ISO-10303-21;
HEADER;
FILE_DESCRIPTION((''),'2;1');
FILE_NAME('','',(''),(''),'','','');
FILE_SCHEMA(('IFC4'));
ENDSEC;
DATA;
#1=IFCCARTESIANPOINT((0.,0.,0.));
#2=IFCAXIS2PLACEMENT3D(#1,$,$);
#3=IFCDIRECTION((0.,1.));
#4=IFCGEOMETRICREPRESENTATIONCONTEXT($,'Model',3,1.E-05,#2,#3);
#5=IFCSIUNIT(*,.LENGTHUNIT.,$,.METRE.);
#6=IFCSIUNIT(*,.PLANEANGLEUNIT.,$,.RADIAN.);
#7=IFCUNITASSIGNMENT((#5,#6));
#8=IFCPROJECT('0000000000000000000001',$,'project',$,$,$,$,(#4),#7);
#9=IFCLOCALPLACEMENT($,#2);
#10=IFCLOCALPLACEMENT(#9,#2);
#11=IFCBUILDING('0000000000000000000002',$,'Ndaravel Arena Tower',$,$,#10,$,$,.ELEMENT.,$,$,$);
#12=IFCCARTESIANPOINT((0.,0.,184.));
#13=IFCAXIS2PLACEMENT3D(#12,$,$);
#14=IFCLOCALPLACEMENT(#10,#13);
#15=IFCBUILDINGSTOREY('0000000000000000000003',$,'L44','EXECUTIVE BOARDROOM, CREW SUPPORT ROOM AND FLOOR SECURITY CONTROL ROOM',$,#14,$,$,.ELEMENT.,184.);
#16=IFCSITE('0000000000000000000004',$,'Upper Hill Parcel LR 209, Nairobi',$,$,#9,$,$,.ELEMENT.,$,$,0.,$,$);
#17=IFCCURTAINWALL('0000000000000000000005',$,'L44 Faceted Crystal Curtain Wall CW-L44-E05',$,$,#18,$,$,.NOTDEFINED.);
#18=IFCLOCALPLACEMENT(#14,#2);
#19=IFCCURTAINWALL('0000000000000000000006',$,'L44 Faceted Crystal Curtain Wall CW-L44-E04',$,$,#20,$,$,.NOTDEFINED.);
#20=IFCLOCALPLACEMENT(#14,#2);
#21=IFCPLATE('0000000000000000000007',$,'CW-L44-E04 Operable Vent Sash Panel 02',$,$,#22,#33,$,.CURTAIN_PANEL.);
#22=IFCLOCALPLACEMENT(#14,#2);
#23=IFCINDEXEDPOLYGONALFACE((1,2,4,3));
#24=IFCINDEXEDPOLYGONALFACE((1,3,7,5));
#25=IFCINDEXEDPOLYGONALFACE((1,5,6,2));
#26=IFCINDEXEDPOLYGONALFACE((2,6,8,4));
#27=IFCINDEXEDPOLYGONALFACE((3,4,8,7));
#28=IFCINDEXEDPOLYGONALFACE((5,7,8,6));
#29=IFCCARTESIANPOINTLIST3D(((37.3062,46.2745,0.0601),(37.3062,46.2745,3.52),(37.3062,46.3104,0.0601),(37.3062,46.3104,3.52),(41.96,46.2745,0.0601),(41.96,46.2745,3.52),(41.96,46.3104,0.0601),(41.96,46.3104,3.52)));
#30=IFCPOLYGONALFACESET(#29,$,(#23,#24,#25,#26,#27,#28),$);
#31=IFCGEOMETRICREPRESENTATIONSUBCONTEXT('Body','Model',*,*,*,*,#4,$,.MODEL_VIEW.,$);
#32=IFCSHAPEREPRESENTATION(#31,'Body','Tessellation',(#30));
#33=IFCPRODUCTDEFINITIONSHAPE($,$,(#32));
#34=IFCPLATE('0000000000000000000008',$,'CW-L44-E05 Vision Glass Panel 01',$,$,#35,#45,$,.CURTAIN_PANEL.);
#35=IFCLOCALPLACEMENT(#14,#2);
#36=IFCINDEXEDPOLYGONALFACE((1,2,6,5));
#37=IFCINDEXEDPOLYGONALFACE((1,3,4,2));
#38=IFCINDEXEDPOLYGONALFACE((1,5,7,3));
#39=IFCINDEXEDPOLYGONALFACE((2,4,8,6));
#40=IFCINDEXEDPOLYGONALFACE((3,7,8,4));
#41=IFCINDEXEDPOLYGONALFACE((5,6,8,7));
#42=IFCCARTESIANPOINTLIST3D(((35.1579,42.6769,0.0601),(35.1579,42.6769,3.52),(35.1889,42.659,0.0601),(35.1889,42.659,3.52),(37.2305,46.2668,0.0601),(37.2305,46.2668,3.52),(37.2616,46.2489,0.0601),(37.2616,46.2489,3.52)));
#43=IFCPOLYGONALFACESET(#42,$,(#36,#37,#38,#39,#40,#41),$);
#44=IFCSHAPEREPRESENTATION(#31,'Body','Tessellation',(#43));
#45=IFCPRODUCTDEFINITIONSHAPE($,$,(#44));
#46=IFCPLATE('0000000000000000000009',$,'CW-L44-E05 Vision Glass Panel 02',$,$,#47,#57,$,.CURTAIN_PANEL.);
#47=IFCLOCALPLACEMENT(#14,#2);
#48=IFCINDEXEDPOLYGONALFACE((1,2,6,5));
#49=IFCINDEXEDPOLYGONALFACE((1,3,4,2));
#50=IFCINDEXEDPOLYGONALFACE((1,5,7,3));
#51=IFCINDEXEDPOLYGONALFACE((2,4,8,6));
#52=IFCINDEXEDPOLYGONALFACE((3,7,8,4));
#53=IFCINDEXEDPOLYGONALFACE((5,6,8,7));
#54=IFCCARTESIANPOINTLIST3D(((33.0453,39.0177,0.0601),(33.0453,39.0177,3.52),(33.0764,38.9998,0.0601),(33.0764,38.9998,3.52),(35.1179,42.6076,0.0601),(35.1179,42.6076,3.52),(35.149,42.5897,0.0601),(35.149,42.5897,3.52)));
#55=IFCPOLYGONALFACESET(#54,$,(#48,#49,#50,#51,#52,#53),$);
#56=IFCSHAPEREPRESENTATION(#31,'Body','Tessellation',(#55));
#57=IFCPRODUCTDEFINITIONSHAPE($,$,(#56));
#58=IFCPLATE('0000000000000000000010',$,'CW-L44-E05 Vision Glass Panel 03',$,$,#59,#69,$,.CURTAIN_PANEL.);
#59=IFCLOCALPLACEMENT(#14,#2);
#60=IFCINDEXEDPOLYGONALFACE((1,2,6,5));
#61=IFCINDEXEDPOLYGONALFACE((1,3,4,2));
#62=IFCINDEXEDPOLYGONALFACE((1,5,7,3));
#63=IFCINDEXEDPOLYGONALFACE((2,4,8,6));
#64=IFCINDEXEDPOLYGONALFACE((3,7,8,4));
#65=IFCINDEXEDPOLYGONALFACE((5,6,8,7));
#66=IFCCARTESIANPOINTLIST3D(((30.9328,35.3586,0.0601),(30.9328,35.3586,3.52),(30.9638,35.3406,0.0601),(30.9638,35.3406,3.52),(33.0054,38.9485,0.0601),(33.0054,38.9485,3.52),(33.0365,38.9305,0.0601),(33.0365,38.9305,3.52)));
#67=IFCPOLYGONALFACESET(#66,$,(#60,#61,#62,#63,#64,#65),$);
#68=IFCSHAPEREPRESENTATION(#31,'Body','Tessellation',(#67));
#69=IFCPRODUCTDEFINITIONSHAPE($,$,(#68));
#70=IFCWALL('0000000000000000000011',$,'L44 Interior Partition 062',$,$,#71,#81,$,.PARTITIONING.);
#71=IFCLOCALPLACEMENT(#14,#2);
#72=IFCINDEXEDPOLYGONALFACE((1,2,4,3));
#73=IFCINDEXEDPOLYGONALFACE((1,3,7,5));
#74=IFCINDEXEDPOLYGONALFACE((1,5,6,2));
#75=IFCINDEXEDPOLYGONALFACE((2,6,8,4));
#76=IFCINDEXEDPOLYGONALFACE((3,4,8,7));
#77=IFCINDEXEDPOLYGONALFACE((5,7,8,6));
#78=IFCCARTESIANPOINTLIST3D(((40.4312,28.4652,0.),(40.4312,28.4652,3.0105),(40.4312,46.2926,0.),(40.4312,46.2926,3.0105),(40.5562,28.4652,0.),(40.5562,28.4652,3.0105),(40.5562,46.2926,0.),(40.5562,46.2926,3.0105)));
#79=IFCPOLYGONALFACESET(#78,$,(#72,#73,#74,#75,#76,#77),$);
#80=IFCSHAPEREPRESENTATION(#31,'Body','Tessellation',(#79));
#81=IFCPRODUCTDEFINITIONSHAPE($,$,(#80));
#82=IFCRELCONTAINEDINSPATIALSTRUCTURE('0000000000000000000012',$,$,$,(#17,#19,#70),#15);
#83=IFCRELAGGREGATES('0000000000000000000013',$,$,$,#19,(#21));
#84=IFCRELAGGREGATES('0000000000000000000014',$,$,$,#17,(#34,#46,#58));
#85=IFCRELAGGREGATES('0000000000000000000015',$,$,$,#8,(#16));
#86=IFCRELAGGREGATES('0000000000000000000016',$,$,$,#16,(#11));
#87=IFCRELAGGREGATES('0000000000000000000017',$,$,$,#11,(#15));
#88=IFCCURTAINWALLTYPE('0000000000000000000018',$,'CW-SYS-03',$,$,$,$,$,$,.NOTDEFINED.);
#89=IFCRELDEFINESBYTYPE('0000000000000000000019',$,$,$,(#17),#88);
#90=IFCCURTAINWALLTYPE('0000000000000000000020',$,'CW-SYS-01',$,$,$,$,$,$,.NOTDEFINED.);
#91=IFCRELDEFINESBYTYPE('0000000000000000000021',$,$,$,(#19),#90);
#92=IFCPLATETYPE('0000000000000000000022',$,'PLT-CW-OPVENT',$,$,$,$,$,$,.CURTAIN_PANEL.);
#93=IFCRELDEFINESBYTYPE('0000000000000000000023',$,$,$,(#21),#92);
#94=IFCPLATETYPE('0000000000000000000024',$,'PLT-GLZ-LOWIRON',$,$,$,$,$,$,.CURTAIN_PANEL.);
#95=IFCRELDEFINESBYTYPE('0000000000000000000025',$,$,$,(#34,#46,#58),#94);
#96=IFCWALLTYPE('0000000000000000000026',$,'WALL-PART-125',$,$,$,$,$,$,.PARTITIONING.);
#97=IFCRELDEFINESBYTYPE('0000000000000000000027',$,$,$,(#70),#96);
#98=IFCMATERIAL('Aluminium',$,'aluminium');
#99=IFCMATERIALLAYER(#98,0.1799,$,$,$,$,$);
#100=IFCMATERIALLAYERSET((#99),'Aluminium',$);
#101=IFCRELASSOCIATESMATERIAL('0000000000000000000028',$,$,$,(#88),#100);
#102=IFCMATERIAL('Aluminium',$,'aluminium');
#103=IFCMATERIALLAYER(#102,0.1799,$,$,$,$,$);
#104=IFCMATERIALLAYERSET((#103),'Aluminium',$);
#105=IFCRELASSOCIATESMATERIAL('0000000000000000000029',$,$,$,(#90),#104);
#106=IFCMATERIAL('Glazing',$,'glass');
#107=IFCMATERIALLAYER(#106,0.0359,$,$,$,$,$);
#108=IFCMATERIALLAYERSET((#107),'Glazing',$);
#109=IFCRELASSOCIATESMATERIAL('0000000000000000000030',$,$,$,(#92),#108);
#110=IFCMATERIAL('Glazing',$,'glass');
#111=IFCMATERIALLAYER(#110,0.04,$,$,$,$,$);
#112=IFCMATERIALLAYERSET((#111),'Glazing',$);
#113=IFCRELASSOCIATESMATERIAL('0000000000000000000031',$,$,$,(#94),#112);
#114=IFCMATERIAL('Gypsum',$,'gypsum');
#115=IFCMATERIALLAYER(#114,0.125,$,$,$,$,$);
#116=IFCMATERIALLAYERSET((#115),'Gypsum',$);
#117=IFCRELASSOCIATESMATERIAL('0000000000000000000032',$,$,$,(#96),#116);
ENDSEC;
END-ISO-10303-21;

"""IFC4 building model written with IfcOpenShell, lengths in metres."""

from ifc_helpers import new_model, si_unit, direction, frame, frame_2d, origin, origin_2d, place, context, subcontext, project, spatial, rectangle, extrude, material, layer, layer_set, type_object, element, aggregate, save


model = new_model("IFC4")

# Units and contexts
model_context = context("Model", 3, precision=1e-05, world=origin(), true_north=direction((0.0, 1.0)))
body_context = subcontext(model_context, "Body", "Model", "MODEL_VIEW")
ifc_project = project(units=[si_unit("LENGTHUNIT", "METRE"), si_unit("PLANEANGLEUNIT", "RADIAN")], contexts=[model_context])

# Site, building, storey
site_placement = place(None, origin())
site = spatial("IfcSite", under=ifc_project, at=site_placement, Name="Upper Hill Parcel LR 209, Nairobi", CompositionType="ELEMENT", RefElevation=0.0)
building_placement = place(site_placement, origin())
building = spatial("IfcBuilding", under=site, at=building_placement, Name="Ndaravel Arena Tower", CompositionType="ELEMENT")
storey_placement = place(building_placement, frame((0.0, 0.0, 184.0)))
storey = spatial("IfcBuildingStorey", under=building, at=storey_placement, Name="L44", Description="EXECUTIVE BOARDROOM, CREW SUPPORT ROOM AND FLOOR SECURITY CONTROL ROOM", CompositionType="ELEMENT", Elevation=184.0)

# Curtain wall
ifc_material_1 = material(Name="Aluminium", Category="aluminium")
ifc_layer_1 = layer(ifc_material_1, 0.1799)
ifc_layer_set_1 = layer_set([ifc_layer_1], Name="Aluminium")
curtain_wall_type_1 = type_object("IfcCurtainWallType", Name="CW-SYS-03", PredefinedType="NOTDEFINED", material=ifc_layer_set_1)
curtain_wall_1_placement = place(storey_placement, origin())
curtain_wall_1 = element("IfcCurtainWall", 1, at=curtain_wall_1_placement, inside=storey, type_object=curtain_wall_type_1, Name="L44 Faceted Crystal Curtain Wall CW-L44-E05", PredefinedType="NOTDEFINED")

# Curtain wall, plate
ifc_material_2 = material(Name="Aluminium", Category="aluminium")
ifc_layer_2 = layer(ifc_material_2, 0.1799)
ifc_layer_set_2 = layer_set([ifc_layer_2], Name="Aluminium")
curtain_wall_type_2 = type_object("IfcCurtainWallType", Name="CW-SYS-01", PredefinedType="NOTDEFINED", material=ifc_layer_set_2)
curtain_wall_2_placement = place(storey_placement, origin())
curtain_wall_2 = element("IfcCurtainWall", 2, at=curtain_wall_2_placement, inside=storey, type_object=curtain_wall_type_2, Name="L44 Faceted Crystal Curtain Wall CW-L44-E04", PredefinedType="NOTDEFINED")
ifc_material_3 = material(Name="Glazing", Category="glass")
ifc_layer_3 = layer(ifc_material_3, 0.0359)
ifc_layer_set_3 = layer_set([ifc_layer_3], Name="Glazing")
plate_type_1 = type_object("IfcPlateType", Name="PLT-CW-OPVENT", PredefinedType="CURTAIN_PANEL", material=ifc_layer_set_3)
plate_1_placement = place(storey_placement, frame((39.6331, 46.2925, 0.0601), z_axis=(0.0, 0.0, 1.0), x_axis=(-1.0, 0.0, 0.0)))
plate_1 = element("IfcPlate", 3, at=plate_1_placement, type_object=plate_type_1, Name="CW-L44-E04 Operable Vent Sash Panel 02", PredefinedType="CURTAIN_PANEL", context=body_context, shape_type="SweptSolid", body=[
    extrude(rectangle(XDim=4.6538, YDim=0.0359, at=origin_2d()), origin(), (0.0, 0.0, 1.0), 3.46),
])
aggregate(curtain_wall_2, [plate_1])

# Plates
ifc_material_4 = material(Name="Glazing", Category="glass")
ifc_layer_4 = layer(ifc_material_4, 0.04)
ifc_layer_set_4 = layer_set([ifc_layer_4], Name="Glazing")
plate_type_2 = type_object("IfcPlateType", Name="PLT-GLZ-LOWIRON", PredefinedType="CURTAIN_PANEL", material=ifc_layer_set_4)
plate_2_placement = place(storey_placement, frame((36.2097, 44.4629, 0.0601), z_axis=(0.0, 0.0, 1.0), x_axis=(-0.5, -0.866025, 0.0)))
plate_2 = element("IfcPlate", 4, at=plate_2_placement, type_object=plate_type_2, Name="CW-L44-E05 Vision Glass Panel 01", PredefinedType="CURTAIN_PANEL", context=body_context, shape_type="SweptSolid", body=[
    extrude(rectangle(XDim=4.1453, YDim=0.0359, at=origin_2d()), origin(), (0.0, 0.0, 1.0), 3.46),
])
plate_3_placement = place(storey_placement, frame((34.0972, 40.8037, 0.0601), z_axis=(0.0, 0.0, 1.0), x_axis=(-0.5, -0.866025, 0.0)))
plate_3 = element("IfcPlate", 5, at=plate_3_placement, type_object=plate_type_2, Name="CW-L44-E05 Vision Glass Panel 02", PredefinedType="CURTAIN_PANEL", context=body_context, shape_type="SweptSolid", body=[
    extrude(rectangle(XDim=4.1453, YDim=0.0359, at=origin_2d()), origin(), (0.0, 0.0, 1.0), 3.46),
])
plate_4_placement = place(storey_placement, frame((31.9846, 37.1445, 0.0601), z_axis=(0.0, 0.0, 1.0), x_axis=(-0.5, -0.866025, 0.0)))
plate_4 = element("IfcPlate", 6, at=plate_4_placement, type_object=plate_type_2, Name="CW-L44-E05 Vision Glass Panel 03", PredefinedType="CURTAIN_PANEL", context=body_context, shape_type="SweptSolid", body=[
    extrude(rectangle(XDim=4.1453, YDim=0.0359, at=origin_2d()), origin(), (0.0, 0.0, 1.0), 3.46),
])
aggregate(curtain_wall_1, [plate_2, plate_3, plate_4])

# Wall
ifc_material_5 = material(Name="Gypsum", Category="gypsum")
ifc_layer_5 = layer(ifc_material_5, 0.125)
ifc_layer_set_5 = layer_set([ifc_layer_5], Name="Gypsum")
wall_type = type_object("IfcWallType", Name="WALL-PART-125", PredefinedType="PARTITIONING", material=ifc_layer_set_5)
wall_placement = place(storey_placement, frame((40.4937, 46.2925, 0.0), z_axis=(0.0, 0.0, 1.0), x_axis=(0.0, -1.0, 0.0)))
element("IfcWall", 7, at=wall_placement, inside=storey, type_object=wall_type, Name="L44 Interior Partition 062", PredefinedType="PARTITIONING", context=body_context, shape_type="SweptSolid", body=[
    extrude(rectangle(XDim=17.8274, YDim=0.125, at=frame_2d((8.9136, 0.0))), origin(), (0.0, 0.0, 1.0), 3.0105),
])

save(model, "model.ifc")
